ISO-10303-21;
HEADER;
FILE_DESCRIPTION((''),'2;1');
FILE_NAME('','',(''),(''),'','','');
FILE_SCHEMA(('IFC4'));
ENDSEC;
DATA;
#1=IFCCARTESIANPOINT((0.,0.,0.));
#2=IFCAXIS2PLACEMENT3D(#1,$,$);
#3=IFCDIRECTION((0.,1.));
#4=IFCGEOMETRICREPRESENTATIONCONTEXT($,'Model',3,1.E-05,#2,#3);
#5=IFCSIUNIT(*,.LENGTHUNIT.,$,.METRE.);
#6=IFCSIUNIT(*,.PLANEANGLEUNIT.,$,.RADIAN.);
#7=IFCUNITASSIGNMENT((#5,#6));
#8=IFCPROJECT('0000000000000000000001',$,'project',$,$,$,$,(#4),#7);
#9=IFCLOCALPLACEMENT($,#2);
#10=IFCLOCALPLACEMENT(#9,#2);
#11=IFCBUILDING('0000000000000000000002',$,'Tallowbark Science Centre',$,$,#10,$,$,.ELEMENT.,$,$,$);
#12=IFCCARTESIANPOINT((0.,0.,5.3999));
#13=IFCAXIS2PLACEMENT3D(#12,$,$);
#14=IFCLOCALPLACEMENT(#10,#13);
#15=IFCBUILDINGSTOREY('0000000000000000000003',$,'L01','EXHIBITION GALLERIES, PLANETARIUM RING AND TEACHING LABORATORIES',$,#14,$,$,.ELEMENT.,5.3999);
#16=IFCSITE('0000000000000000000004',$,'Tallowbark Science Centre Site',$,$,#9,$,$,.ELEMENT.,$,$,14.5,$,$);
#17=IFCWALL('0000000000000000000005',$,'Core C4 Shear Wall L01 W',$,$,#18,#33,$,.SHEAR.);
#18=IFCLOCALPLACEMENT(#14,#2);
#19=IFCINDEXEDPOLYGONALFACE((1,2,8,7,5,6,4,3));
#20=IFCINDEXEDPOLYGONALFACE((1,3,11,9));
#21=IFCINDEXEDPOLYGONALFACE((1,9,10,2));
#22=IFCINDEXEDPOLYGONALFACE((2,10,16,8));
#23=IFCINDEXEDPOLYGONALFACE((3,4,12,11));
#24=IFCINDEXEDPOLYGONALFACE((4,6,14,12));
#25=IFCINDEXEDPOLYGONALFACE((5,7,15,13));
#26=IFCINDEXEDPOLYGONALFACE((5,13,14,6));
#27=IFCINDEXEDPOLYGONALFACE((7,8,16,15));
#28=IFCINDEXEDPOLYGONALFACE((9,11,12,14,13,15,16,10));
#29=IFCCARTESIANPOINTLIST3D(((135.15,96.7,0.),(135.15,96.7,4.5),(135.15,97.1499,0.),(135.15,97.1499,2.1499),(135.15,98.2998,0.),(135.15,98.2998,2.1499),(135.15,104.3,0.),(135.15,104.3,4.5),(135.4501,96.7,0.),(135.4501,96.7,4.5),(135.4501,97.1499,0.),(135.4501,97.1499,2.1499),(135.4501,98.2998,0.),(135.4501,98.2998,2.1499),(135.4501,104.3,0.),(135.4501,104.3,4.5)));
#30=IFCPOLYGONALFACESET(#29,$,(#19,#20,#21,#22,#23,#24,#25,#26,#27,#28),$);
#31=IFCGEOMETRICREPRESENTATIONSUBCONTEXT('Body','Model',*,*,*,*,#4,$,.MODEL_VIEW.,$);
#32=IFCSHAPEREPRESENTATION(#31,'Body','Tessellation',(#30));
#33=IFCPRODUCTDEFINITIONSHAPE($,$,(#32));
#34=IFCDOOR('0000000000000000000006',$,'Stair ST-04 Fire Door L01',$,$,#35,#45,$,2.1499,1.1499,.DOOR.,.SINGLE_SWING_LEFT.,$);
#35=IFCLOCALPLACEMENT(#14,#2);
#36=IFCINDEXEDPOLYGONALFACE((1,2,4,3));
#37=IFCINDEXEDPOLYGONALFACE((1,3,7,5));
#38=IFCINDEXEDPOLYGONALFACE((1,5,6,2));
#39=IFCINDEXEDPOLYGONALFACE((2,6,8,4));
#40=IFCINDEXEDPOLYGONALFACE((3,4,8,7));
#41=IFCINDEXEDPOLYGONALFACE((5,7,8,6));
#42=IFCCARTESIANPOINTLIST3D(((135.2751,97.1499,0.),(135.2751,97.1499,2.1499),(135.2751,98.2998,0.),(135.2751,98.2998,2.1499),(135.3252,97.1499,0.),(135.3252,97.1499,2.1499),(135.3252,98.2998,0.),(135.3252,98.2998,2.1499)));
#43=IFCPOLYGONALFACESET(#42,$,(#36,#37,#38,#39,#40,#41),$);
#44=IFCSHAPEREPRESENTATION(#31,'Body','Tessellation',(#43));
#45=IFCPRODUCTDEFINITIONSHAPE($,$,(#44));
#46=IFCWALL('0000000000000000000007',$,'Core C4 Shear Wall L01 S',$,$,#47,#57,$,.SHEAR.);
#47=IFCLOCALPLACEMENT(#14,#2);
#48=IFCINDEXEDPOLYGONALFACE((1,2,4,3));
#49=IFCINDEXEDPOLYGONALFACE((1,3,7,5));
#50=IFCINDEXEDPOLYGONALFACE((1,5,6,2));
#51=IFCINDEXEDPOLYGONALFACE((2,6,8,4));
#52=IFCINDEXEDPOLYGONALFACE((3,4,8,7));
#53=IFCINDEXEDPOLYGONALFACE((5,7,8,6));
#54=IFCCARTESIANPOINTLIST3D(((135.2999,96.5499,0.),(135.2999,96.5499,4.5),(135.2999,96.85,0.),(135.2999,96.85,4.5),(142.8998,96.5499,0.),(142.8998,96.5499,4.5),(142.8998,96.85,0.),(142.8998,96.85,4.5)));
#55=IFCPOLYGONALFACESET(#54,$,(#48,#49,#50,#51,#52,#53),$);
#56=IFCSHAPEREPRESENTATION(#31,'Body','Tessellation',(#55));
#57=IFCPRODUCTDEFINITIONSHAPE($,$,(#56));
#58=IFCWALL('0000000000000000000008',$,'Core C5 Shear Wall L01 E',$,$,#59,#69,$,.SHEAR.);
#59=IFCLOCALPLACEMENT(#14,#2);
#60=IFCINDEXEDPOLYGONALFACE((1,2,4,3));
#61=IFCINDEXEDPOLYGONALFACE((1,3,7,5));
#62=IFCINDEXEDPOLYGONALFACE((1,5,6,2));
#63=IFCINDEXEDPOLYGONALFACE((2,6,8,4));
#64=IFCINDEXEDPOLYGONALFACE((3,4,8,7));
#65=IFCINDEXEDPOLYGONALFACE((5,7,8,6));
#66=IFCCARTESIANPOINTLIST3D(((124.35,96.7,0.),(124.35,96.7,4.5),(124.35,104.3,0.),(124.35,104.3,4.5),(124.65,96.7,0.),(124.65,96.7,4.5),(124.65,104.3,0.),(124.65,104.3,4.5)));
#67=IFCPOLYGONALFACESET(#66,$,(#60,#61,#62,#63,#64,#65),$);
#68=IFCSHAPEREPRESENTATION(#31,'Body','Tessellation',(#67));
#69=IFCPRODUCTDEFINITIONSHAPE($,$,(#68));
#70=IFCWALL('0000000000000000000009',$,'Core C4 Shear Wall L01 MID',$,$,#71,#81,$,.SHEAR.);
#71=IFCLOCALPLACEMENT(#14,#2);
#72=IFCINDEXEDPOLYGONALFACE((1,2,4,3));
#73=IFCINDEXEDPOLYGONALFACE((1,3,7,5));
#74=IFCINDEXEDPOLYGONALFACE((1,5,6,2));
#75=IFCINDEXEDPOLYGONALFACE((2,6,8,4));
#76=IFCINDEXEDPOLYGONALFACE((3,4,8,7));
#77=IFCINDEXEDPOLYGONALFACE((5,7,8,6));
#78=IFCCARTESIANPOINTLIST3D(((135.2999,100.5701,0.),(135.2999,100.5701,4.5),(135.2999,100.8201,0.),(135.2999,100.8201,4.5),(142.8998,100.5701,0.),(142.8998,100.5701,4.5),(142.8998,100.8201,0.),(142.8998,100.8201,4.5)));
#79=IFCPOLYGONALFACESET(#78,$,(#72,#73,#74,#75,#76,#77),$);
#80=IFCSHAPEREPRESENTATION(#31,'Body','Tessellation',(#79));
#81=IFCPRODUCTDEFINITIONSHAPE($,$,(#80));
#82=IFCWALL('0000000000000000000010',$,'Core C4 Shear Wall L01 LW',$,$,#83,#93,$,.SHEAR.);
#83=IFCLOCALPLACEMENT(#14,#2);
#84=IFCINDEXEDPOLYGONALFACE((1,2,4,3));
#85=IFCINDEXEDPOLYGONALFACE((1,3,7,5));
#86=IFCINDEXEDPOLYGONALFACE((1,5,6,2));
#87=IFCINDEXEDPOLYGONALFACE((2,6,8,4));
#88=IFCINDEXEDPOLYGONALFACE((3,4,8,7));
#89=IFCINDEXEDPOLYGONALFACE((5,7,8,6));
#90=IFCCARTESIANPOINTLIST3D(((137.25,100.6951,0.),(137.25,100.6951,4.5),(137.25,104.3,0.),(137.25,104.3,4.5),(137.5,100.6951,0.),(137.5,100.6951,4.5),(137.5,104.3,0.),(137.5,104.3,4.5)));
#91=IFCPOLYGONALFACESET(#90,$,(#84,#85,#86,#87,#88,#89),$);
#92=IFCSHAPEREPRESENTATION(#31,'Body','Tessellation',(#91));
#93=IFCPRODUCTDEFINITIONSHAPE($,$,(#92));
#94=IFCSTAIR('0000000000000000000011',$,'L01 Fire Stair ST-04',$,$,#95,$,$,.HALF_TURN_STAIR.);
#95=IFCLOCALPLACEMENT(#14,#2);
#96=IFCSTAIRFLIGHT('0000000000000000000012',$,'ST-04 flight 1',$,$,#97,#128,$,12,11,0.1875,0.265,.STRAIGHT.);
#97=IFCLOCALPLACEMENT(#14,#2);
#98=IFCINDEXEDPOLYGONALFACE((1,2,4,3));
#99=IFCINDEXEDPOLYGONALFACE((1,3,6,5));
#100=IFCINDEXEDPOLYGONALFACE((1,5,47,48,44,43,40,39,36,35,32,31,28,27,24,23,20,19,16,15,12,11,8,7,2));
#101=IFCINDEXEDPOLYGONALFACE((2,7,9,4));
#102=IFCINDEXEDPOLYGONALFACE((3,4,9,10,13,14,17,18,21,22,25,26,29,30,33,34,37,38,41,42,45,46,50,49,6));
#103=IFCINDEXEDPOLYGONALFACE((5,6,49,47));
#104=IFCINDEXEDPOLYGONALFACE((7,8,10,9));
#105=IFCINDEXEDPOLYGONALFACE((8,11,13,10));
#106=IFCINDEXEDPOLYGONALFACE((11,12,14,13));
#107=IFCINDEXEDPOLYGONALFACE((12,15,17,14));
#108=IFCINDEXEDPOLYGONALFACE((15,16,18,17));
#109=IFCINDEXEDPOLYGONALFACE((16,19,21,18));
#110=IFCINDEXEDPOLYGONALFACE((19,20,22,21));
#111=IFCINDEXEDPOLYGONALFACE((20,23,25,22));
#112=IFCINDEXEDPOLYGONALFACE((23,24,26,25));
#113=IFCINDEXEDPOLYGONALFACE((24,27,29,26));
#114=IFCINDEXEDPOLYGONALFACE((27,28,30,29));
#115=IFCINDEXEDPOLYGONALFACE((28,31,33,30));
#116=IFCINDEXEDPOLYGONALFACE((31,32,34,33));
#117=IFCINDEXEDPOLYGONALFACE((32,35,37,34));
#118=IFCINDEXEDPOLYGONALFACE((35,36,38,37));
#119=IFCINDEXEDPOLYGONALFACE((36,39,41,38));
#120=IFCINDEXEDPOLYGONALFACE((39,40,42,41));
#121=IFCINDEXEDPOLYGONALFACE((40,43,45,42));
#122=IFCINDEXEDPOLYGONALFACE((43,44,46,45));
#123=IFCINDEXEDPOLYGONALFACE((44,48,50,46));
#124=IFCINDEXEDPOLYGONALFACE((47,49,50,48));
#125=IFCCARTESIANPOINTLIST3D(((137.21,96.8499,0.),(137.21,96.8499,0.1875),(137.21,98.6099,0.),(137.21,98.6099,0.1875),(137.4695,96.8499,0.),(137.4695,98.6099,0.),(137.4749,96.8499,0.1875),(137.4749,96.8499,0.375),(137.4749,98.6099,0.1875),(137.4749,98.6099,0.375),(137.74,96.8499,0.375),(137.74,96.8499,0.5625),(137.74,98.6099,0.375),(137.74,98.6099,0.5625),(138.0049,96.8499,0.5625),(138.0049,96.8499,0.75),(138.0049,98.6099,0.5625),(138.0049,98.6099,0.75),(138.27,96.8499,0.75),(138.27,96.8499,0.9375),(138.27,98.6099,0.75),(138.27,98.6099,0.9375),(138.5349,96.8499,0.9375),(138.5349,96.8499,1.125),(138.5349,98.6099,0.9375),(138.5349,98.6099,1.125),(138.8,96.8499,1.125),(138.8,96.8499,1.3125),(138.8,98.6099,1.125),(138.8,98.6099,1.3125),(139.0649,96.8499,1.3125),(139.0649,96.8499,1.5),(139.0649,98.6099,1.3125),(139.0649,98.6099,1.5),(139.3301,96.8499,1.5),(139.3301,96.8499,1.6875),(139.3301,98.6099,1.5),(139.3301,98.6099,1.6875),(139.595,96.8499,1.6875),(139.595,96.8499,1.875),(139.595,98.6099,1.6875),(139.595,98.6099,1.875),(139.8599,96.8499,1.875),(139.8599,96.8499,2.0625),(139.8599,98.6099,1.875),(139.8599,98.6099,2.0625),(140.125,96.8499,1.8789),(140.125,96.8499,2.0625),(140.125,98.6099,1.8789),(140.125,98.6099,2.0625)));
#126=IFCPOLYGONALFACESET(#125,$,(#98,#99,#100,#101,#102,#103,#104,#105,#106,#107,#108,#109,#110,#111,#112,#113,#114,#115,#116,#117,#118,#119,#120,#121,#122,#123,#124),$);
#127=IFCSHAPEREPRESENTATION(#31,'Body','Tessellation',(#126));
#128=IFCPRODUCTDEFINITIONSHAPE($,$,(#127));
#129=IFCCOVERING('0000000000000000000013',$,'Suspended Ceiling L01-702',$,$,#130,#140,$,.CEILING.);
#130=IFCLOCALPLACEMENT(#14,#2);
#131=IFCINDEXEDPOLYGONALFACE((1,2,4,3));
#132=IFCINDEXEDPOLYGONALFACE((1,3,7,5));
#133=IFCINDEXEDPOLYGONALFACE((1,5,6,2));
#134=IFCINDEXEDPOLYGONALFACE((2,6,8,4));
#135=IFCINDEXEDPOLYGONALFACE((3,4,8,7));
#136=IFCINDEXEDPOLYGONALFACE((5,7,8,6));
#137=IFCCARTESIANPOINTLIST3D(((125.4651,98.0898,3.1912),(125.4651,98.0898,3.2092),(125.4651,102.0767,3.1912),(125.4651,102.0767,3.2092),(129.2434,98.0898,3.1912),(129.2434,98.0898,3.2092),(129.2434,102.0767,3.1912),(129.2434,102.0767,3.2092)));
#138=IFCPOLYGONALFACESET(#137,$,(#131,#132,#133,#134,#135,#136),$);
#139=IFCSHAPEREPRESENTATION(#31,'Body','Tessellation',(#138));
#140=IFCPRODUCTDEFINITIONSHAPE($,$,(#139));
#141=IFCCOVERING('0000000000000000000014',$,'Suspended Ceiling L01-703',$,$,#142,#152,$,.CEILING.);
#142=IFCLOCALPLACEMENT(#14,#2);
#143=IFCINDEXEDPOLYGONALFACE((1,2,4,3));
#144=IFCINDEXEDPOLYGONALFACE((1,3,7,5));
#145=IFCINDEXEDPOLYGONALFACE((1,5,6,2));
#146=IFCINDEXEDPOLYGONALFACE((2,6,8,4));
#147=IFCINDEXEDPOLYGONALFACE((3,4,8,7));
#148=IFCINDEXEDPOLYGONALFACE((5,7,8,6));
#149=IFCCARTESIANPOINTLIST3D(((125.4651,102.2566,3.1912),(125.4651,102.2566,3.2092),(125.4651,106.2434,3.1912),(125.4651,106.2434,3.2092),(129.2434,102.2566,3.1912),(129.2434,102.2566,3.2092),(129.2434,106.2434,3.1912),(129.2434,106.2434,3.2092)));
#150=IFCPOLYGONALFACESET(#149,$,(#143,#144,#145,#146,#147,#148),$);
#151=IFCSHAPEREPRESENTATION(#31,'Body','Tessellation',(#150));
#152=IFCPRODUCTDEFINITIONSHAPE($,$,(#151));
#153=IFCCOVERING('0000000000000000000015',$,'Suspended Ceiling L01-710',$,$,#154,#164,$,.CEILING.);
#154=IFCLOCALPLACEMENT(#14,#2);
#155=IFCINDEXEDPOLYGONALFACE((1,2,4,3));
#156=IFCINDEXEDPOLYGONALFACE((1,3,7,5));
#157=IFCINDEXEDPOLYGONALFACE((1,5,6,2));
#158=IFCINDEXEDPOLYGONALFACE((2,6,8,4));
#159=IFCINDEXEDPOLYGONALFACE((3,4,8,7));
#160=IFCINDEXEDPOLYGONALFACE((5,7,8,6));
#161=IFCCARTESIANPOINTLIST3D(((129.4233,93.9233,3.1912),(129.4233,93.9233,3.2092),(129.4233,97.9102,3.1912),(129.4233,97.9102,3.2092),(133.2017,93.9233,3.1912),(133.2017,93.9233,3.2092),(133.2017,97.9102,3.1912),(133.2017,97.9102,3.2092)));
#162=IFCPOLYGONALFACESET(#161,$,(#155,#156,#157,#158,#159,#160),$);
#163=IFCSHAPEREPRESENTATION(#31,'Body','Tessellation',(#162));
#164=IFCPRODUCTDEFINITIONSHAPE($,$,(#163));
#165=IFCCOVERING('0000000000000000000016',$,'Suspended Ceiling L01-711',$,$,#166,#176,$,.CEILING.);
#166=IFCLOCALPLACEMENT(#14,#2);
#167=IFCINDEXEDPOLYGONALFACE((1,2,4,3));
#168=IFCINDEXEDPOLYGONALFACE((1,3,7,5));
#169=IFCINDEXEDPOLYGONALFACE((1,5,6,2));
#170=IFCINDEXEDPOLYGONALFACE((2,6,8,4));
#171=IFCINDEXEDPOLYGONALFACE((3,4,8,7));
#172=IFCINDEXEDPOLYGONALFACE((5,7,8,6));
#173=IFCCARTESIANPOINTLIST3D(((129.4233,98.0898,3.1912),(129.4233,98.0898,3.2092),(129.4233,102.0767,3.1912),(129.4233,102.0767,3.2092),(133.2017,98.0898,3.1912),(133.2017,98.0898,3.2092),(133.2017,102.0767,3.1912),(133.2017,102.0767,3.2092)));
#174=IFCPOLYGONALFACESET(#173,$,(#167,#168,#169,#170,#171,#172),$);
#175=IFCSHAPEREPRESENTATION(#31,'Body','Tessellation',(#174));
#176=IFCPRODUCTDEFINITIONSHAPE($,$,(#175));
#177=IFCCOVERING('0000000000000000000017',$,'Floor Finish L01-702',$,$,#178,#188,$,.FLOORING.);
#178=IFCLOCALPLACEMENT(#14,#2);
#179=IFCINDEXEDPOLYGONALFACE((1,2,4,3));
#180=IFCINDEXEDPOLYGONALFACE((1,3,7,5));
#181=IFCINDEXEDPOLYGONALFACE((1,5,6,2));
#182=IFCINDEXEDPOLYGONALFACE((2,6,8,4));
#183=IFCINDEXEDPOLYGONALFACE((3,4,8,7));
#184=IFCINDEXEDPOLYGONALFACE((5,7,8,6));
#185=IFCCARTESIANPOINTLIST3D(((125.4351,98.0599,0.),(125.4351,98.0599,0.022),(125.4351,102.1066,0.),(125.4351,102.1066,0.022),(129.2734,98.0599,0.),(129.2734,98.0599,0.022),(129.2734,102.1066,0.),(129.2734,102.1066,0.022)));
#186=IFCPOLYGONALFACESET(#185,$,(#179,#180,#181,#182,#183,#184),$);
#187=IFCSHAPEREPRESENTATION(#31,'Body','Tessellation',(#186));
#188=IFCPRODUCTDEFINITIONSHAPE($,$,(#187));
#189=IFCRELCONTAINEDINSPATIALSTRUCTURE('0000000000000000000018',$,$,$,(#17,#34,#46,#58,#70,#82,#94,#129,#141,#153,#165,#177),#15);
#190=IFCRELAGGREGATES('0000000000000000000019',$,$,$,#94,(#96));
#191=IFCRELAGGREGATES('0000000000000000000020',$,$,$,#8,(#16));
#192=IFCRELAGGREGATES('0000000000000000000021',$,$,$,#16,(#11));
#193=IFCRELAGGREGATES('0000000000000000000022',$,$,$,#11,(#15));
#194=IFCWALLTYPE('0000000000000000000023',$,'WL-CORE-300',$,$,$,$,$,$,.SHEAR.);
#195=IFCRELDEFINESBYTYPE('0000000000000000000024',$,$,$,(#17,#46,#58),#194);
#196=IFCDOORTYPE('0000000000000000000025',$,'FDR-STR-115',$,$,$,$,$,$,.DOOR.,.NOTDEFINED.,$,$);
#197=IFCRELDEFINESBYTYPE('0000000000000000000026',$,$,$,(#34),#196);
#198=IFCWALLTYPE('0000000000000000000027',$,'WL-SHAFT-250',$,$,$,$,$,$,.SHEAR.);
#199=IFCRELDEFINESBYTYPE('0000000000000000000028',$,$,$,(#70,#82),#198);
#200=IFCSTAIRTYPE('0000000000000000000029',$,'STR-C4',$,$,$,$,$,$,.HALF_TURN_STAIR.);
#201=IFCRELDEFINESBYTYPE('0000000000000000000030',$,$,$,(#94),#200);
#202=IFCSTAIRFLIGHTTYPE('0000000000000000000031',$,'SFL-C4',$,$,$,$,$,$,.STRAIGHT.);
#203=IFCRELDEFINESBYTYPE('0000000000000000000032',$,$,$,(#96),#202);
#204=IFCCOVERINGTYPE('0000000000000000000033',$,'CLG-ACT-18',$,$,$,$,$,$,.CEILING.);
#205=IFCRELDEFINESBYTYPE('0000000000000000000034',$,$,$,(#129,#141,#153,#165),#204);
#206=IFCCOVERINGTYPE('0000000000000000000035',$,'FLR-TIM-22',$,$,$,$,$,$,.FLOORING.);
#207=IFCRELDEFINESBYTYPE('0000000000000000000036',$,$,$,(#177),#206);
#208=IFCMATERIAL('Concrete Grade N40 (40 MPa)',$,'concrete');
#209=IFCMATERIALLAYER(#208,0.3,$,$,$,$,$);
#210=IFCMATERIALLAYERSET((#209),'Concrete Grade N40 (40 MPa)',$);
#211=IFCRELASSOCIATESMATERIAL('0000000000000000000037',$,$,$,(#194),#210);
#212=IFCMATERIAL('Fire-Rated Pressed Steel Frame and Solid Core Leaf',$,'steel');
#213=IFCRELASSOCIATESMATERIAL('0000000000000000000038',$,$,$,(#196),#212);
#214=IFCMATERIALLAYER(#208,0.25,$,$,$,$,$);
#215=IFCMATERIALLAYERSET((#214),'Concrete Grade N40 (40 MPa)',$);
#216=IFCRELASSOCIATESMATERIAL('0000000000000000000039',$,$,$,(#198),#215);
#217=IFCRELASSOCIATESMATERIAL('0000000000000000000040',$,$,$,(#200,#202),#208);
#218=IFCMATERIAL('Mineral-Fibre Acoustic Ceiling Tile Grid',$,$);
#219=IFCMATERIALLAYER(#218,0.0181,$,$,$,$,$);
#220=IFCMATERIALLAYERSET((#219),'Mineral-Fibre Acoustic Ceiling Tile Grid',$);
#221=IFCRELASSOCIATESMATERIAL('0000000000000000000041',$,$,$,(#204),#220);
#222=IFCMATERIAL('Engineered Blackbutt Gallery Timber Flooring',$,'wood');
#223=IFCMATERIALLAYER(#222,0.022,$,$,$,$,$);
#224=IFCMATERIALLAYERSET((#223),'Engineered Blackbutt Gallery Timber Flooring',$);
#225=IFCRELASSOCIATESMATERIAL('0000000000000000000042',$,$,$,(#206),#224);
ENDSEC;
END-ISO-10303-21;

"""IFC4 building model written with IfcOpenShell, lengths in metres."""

from ifc_helpers import new_model, si_unit, direction, frame, frame_2d, origin, origin_2d, place, context, subcontext, project, spatial, polyline, rectangle, outline, extrude, material, layer, layer_set, type_object, element, fill, aggregate, save


model = new_model("IFC4")

# Units and contexts
model_context = context("Model", 3, precision=1e-05, world=origin(), true_north=direction((0.0, 1.0)))
body_context = subcontext(model_context, "Body", "Model", "MODEL_VIEW")
ifc_project = project(units=[si_unit("LENGTHUNIT", "METRE"), si_unit("PLANEANGLEUNIT", "RADIAN")], contexts=[model_context])

# Site, building, storey
site_placement = place(None, origin())
site = spatial("IfcSite", under=ifc_project, at=site_placement, Name="Tallowbark Science Centre Site", CompositionType="ELEMENT", RefElevation=14.5)
building_placement = place(site_placement, origin())
building = spatial("IfcBuilding", under=site, at=building_placement, Name="Tallowbark Science Centre", CompositionType="ELEMENT")
storey_placement = place(building_placement, frame((0.0, 0.0, 5.3999)))
storey = spatial("IfcBuildingStorey", under=building, at=storey_placement, Name="L01", Description="EXHIBITION GALLERIES, PLANETARIUM RING AND TEACHING LABORATORIES", CompositionType="ELEMENT", Elevation=5.3999)

# Shared definitions
ifc_material_1 = material(Name="Concrete Grade N40 (40 MPa)", Category="concrete")

# Wall, opening, door
ifc_layer_1 = layer(ifc_material_1, 0.3)
ifc_layer_set_1 = layer_set([ifc_layer_1], Name="Concrete Grade N40 (40 MPa)")
wall_type_1 = type_object("IfcWallType", Name="WL-CORE-300", PredefinedType="SHEAR", material=ifc_layer_set_1)
wall_1_placement = place(storey_placement, frame((135.3, 96.7, 0.0), z_axis=(0.0, 0.0, 1.0), x_axis=(0.0, 1.0, 0.0)))
wall_1 = element("IfcWall", 1, at=wall_1_placement, inside=storey, type_object=wall_type_1, Name="Core C4 Shear Wall L01 W", PredefinedType="SHEAR", context=body_context, shape_type="SweptSolid", body=[
    extrude(rectangle(XDim=7.6001, YDim=0.3, at=frame_2d((3.8, 0.0))), origin(), (0.0, 0.0, 1.0), 4.5),
])
opening_1_placement = place(wall_1_placement, frame((0.45, 0.0, 0.0)))
opening_1 = element("IfcOpeningElement", 2, at=opening_1_placement, cuts=wall_1, PredefinedType="OPENING", context=body_context, shape_type="SweptSolid", body=[
    extrude(rectangle(XDim=1.1499, YDim=2.1499, at=frame_2d((0.575, 1.075))), frame((0.0, 0.1602, 0.0), z_axis=(0.0, -1.0, 0.0), x_axis=(1.0, 0.0, 0.0)), (0.0, 0.0, 1.0), 0.3201),
])
ifc_material_2 = material(Name="Fire-Rated Pressed Steel Frame and Solid Core Leaf", Category="steel")
door_type_1 = type_object("IfcDoorType", Name="FDR-STR-115", OperationType="NOTDEFINED", PredefinedType="DOOR", material=ifc_material_2)
door_1_placement = place(opening_1_placement, origin())
door_1 = element("IfcDoor", 3, at=door_1_placement, inside=storey, type_object=door_type_1, Name="Stair ST-04 Fire Door L01", OperationType="SINGLE_SWING_LEFT", OverallHeight=2.1499, OverallWidth=1.1499, PredefinedType="DOOR", context=body_context, shape_type="SweptSolid", body=[
    extrude(rectangle(XDim=1.1499, YDim=2.1499, at=frame_2d((0.575, 1.075))), frame((0.0, 0.0249, 0.0), z_axis=(0.0, -1.0, 0.0), x_axis=(1.0, 0.0, 0.0)), (0.0, 0.0, 1.0), 0.05),
])
fill(opening_1, door_1)

# Walls
wall_2_placement = place(storey_placement, frame((135.3, 96.7, 0.0), z_axis=(0.0, 0.0, 1.0), x_axis=(1.0, 0.0, 0.0)))
element("IfcWall", 4, at=wall_2_placement, inside=storey, type_object=wall_type_1, Name="Core C4 Shear Wall L01 S", PredefinedType="SHEAR", context=body_context, shape_type="SweptSolid", body=[
    extrude(rectangle(XDim=7.5999, YDim=0.3, at=frame_2d((3.7998, 0.0))), origin(), (0.0, 0.0, 1.0), 4.5),
])
wall_3_placement = place(storey_placement, frame((124.5, 96.7, 0.0), z_axis=(0.0, 0.0, 1.0), x_axis=(0.0, 1.0, 0.0)))
element("IfcWall", 5, at=wall_3_placement, inside=storey, type_object=wall_type_1, Name="Core C5 Shear Wall L01 E", PredefinedType="SHEAR", context=body_context, shape_type="SweptSolid", body=[
    extrude(rectangle(XDim=7.6001, YDim=0.3, at=frame_2d((3.8, 0.0))), origin(), (0.0, 0.0, 1.0), 4.5),
])
ifc_layer_2 = layer(ifc_material_1, 0.25)
ifc_layer_set_2 = layer_set([ifc_layer_2], Name="Concrete Grade N40 (40 MPa)")
wall_type_2 = type_object("IfcWallType", Name="WL-SHAFT-250", PredefinedType="SHEAR", material=ifc_layer_set_2)
wall_4_placement = place(storey_placement, frame((135.3, 100.6951, 0.0), z_axis=(0.0, 0.0, 1.0), x_axis=(1.0, 0.0, 0.0)))
element("IfcWall", 6, at=wall_4_placement, inside=storey, type_object=wall_type_2, Name="Core C4 Shear Wall L01 MID", PredefinedType="SHEAR", context=body_context, shape_type="SweptSolid", body=[
    extrude(rectangle(XDim=7.5999, YDim=0.25, at=frame_2d((3.7998, 0.0))), origin(), (0.0, 0.0, 1.0), 4.5),
])
wall_5_placement = place(storey_placement, frame((137.375, 100.6951, 0.0), z_axis=(0.0, 0.0, 1.0), x_axis=(0.0, 1.0, 0.0)))
element("IfcWall", 7, at=wall_5_placement, inside=storey, type_object=wall_type_2, Name="Core C4 Shear Wall L01 LW", PredefinedType="SHEAR", context=body_context, shape_type="SweptSolid", body=[
    extrude(rectangle(XDim=3.605, YDim=0.25, at=frame_2d((1.8025, 0.0))), origin(), (0.0, 0.0, 1.0), 4.5),
])

# Stair, stair flight
stair_type = type_object("IfcStairType", Name="STR-C4", PredefinedType="HALF_TURN_STAIR", material=ifc_material_1)
stair_placement = place(storey_placement, origin())
stair = element("IfcStair", 8, at=stair_placement, inside=storey, type_object=stair_type, Name="L01 Fire Stair ST-04", PredefinedType="HALF_TURN_STAIR")
stair_flight_type = type_object("IfcStairFlightType", Name="SFL-C4", PredefinedType="STRAIGHT", material=ifc_material_1)
stair_flight_placement = place(storey_placement, frame((137.21, 97.73, 0.0), z_axis=(0.0, 0.0, 1.0), x_axis=(1.0, 0.0, 0.0)))
stair_flight = element("IfcStairFlight", 9, at=stair_flight_placement, type_object=stair_flight_type, Name="ST-04 flight 1", NumberOfRisers=12, NumberOfTreads=11, PredefinedType="STRAIGHT", RiserHeight=0.1875, TreadLength=0.265, context=body_context, shape_type="SweptSolid", body=[
    extrude(outline(polyline([(0.0, 0.0), (0.0, 0.1875), (0.2649, 0.1875), (0.2649, 0.375), (0.53, 0.375), (0.53, 0.5625), (0.7949, 0.5625), (0.7949, 0.75), (1.0601, 0.75), (1.0601, 0.9375), (1.325, 0.9375), (1.325, 1.125), (1.5901, 1.125), (1.5901, 1.3125), (1.855, 1.3125), (1.855, 1.5), (2.1201, 1.5), (2.1201, 1.6875), (2.385, 1.6875), (2.385, 1.875), (2.6499, 1.875), (2.6499, 2.0625), (2.915, 2.0625), (2.915, 2.25), (2.915, 1.8789), (0.2595, 0.0), (0.0, 0.0)])), frame((0.0, 0.8799, 0.0), z_axis=(0.0, -1.0, 0.0), x_axis=(1.0, 0.0, 0.0)), (0.0, 0.0, 1.0), 1.76),
])
aggregate(stair, [stair_flight])

# Coverings
ifc_material_3 = material(Name="Mineral-Fibre Acoustic Ceiling Tile Grid")
ifc_layer_3 = layer(ifc_material_3, 0.0181)
ifc_layer_set_3 = layer_set([ifc_layer_3], Name="Mineral-Fibre Acoustic Ceiling Tile Grid")
covering_type_1 = type_object("IfcCoveringType", Name="CLG-ACT-18", PredefinedType="CEILING", material=ifc_layer_set_3)
for number, where, z_axis, x_axis, name in (
    (10, (127.3542, 100.0833, 3.1912), (0.0, 0.0, 1.0), (1.0, 0.0, 0.0), "Suspended Ceiling L01-702"),
    (11, (127.3542, 104.25, 3.1912), (0.0, 0.0, 1.0), (1.0, 0.0, 0.0), "Suspended Ceiling L01-703"),
    (12, (131.3125, 95.9167, 3.1912), (0.0, 0.0, 1.0), (1.0, 0.0, 0.0), "Suspended Ceiling L01-710"),
    (13, (131.3125, 100.0833, 3.1912), (0.0, 0.0, 1.0), (1.0, 0.0, 0.0), "Suspended Ceiling L01-711"),
):
    element("IfcCovering", number, at=place(storey_placement, frame(where, z_axis=z_axis, x_axis=x_axis)), inside=storey, type_object=covering_type_1, Name=name, PredefinedType="CEILING", context=body_context, shape_type="SweptSolid", body=[
        extrude(rectangle(XDim=3.7783, YDim=3.9868, at=origin_2d()), origin(), (0.0, 0.0, 1.0), 0.0181),
    ])
ifc_material_4 = material(Name="Engineered Blackbutt Gallery Timber Flooring", Category="wood")
ifc_layer_4 = layer(ifc_material_4, 0.022)
ifc_layer_set_4 = layer_set([ifc_layer_4], Name="Engineered Blackbutt Gallery Timber Flooring")
covering_type_2 = type_object("IfcCoveringType", Name="FLR-TIM-22", PredefinedType="FLOORING", material=ifc_layer_set_4)
for number, where, z_axis, x_axis, name in (
    (14, (127.3542, 100.0833, 0.0), (0.0, 0.0, 1.0), (1.0, 0.0, 0.0), "Floor Finish L01-702"),
):
    element("IfcCovering", number, at=place(storey_placement, frame(where, z_axis=z_axis, x_axis=x_axis)), inside=storey, type_object=covering_type_2, Name=name, PredefinedType="FLOORING", context=body_context, shape_type="SweptSolid", body=[
        extrude(rectangle(XDim=3.8384, YDim=4.0466, at=origin_2d()), origin(), (0.0, 0.0, 1.0), 0.022),
    ])

save(model, "model.ifc")
